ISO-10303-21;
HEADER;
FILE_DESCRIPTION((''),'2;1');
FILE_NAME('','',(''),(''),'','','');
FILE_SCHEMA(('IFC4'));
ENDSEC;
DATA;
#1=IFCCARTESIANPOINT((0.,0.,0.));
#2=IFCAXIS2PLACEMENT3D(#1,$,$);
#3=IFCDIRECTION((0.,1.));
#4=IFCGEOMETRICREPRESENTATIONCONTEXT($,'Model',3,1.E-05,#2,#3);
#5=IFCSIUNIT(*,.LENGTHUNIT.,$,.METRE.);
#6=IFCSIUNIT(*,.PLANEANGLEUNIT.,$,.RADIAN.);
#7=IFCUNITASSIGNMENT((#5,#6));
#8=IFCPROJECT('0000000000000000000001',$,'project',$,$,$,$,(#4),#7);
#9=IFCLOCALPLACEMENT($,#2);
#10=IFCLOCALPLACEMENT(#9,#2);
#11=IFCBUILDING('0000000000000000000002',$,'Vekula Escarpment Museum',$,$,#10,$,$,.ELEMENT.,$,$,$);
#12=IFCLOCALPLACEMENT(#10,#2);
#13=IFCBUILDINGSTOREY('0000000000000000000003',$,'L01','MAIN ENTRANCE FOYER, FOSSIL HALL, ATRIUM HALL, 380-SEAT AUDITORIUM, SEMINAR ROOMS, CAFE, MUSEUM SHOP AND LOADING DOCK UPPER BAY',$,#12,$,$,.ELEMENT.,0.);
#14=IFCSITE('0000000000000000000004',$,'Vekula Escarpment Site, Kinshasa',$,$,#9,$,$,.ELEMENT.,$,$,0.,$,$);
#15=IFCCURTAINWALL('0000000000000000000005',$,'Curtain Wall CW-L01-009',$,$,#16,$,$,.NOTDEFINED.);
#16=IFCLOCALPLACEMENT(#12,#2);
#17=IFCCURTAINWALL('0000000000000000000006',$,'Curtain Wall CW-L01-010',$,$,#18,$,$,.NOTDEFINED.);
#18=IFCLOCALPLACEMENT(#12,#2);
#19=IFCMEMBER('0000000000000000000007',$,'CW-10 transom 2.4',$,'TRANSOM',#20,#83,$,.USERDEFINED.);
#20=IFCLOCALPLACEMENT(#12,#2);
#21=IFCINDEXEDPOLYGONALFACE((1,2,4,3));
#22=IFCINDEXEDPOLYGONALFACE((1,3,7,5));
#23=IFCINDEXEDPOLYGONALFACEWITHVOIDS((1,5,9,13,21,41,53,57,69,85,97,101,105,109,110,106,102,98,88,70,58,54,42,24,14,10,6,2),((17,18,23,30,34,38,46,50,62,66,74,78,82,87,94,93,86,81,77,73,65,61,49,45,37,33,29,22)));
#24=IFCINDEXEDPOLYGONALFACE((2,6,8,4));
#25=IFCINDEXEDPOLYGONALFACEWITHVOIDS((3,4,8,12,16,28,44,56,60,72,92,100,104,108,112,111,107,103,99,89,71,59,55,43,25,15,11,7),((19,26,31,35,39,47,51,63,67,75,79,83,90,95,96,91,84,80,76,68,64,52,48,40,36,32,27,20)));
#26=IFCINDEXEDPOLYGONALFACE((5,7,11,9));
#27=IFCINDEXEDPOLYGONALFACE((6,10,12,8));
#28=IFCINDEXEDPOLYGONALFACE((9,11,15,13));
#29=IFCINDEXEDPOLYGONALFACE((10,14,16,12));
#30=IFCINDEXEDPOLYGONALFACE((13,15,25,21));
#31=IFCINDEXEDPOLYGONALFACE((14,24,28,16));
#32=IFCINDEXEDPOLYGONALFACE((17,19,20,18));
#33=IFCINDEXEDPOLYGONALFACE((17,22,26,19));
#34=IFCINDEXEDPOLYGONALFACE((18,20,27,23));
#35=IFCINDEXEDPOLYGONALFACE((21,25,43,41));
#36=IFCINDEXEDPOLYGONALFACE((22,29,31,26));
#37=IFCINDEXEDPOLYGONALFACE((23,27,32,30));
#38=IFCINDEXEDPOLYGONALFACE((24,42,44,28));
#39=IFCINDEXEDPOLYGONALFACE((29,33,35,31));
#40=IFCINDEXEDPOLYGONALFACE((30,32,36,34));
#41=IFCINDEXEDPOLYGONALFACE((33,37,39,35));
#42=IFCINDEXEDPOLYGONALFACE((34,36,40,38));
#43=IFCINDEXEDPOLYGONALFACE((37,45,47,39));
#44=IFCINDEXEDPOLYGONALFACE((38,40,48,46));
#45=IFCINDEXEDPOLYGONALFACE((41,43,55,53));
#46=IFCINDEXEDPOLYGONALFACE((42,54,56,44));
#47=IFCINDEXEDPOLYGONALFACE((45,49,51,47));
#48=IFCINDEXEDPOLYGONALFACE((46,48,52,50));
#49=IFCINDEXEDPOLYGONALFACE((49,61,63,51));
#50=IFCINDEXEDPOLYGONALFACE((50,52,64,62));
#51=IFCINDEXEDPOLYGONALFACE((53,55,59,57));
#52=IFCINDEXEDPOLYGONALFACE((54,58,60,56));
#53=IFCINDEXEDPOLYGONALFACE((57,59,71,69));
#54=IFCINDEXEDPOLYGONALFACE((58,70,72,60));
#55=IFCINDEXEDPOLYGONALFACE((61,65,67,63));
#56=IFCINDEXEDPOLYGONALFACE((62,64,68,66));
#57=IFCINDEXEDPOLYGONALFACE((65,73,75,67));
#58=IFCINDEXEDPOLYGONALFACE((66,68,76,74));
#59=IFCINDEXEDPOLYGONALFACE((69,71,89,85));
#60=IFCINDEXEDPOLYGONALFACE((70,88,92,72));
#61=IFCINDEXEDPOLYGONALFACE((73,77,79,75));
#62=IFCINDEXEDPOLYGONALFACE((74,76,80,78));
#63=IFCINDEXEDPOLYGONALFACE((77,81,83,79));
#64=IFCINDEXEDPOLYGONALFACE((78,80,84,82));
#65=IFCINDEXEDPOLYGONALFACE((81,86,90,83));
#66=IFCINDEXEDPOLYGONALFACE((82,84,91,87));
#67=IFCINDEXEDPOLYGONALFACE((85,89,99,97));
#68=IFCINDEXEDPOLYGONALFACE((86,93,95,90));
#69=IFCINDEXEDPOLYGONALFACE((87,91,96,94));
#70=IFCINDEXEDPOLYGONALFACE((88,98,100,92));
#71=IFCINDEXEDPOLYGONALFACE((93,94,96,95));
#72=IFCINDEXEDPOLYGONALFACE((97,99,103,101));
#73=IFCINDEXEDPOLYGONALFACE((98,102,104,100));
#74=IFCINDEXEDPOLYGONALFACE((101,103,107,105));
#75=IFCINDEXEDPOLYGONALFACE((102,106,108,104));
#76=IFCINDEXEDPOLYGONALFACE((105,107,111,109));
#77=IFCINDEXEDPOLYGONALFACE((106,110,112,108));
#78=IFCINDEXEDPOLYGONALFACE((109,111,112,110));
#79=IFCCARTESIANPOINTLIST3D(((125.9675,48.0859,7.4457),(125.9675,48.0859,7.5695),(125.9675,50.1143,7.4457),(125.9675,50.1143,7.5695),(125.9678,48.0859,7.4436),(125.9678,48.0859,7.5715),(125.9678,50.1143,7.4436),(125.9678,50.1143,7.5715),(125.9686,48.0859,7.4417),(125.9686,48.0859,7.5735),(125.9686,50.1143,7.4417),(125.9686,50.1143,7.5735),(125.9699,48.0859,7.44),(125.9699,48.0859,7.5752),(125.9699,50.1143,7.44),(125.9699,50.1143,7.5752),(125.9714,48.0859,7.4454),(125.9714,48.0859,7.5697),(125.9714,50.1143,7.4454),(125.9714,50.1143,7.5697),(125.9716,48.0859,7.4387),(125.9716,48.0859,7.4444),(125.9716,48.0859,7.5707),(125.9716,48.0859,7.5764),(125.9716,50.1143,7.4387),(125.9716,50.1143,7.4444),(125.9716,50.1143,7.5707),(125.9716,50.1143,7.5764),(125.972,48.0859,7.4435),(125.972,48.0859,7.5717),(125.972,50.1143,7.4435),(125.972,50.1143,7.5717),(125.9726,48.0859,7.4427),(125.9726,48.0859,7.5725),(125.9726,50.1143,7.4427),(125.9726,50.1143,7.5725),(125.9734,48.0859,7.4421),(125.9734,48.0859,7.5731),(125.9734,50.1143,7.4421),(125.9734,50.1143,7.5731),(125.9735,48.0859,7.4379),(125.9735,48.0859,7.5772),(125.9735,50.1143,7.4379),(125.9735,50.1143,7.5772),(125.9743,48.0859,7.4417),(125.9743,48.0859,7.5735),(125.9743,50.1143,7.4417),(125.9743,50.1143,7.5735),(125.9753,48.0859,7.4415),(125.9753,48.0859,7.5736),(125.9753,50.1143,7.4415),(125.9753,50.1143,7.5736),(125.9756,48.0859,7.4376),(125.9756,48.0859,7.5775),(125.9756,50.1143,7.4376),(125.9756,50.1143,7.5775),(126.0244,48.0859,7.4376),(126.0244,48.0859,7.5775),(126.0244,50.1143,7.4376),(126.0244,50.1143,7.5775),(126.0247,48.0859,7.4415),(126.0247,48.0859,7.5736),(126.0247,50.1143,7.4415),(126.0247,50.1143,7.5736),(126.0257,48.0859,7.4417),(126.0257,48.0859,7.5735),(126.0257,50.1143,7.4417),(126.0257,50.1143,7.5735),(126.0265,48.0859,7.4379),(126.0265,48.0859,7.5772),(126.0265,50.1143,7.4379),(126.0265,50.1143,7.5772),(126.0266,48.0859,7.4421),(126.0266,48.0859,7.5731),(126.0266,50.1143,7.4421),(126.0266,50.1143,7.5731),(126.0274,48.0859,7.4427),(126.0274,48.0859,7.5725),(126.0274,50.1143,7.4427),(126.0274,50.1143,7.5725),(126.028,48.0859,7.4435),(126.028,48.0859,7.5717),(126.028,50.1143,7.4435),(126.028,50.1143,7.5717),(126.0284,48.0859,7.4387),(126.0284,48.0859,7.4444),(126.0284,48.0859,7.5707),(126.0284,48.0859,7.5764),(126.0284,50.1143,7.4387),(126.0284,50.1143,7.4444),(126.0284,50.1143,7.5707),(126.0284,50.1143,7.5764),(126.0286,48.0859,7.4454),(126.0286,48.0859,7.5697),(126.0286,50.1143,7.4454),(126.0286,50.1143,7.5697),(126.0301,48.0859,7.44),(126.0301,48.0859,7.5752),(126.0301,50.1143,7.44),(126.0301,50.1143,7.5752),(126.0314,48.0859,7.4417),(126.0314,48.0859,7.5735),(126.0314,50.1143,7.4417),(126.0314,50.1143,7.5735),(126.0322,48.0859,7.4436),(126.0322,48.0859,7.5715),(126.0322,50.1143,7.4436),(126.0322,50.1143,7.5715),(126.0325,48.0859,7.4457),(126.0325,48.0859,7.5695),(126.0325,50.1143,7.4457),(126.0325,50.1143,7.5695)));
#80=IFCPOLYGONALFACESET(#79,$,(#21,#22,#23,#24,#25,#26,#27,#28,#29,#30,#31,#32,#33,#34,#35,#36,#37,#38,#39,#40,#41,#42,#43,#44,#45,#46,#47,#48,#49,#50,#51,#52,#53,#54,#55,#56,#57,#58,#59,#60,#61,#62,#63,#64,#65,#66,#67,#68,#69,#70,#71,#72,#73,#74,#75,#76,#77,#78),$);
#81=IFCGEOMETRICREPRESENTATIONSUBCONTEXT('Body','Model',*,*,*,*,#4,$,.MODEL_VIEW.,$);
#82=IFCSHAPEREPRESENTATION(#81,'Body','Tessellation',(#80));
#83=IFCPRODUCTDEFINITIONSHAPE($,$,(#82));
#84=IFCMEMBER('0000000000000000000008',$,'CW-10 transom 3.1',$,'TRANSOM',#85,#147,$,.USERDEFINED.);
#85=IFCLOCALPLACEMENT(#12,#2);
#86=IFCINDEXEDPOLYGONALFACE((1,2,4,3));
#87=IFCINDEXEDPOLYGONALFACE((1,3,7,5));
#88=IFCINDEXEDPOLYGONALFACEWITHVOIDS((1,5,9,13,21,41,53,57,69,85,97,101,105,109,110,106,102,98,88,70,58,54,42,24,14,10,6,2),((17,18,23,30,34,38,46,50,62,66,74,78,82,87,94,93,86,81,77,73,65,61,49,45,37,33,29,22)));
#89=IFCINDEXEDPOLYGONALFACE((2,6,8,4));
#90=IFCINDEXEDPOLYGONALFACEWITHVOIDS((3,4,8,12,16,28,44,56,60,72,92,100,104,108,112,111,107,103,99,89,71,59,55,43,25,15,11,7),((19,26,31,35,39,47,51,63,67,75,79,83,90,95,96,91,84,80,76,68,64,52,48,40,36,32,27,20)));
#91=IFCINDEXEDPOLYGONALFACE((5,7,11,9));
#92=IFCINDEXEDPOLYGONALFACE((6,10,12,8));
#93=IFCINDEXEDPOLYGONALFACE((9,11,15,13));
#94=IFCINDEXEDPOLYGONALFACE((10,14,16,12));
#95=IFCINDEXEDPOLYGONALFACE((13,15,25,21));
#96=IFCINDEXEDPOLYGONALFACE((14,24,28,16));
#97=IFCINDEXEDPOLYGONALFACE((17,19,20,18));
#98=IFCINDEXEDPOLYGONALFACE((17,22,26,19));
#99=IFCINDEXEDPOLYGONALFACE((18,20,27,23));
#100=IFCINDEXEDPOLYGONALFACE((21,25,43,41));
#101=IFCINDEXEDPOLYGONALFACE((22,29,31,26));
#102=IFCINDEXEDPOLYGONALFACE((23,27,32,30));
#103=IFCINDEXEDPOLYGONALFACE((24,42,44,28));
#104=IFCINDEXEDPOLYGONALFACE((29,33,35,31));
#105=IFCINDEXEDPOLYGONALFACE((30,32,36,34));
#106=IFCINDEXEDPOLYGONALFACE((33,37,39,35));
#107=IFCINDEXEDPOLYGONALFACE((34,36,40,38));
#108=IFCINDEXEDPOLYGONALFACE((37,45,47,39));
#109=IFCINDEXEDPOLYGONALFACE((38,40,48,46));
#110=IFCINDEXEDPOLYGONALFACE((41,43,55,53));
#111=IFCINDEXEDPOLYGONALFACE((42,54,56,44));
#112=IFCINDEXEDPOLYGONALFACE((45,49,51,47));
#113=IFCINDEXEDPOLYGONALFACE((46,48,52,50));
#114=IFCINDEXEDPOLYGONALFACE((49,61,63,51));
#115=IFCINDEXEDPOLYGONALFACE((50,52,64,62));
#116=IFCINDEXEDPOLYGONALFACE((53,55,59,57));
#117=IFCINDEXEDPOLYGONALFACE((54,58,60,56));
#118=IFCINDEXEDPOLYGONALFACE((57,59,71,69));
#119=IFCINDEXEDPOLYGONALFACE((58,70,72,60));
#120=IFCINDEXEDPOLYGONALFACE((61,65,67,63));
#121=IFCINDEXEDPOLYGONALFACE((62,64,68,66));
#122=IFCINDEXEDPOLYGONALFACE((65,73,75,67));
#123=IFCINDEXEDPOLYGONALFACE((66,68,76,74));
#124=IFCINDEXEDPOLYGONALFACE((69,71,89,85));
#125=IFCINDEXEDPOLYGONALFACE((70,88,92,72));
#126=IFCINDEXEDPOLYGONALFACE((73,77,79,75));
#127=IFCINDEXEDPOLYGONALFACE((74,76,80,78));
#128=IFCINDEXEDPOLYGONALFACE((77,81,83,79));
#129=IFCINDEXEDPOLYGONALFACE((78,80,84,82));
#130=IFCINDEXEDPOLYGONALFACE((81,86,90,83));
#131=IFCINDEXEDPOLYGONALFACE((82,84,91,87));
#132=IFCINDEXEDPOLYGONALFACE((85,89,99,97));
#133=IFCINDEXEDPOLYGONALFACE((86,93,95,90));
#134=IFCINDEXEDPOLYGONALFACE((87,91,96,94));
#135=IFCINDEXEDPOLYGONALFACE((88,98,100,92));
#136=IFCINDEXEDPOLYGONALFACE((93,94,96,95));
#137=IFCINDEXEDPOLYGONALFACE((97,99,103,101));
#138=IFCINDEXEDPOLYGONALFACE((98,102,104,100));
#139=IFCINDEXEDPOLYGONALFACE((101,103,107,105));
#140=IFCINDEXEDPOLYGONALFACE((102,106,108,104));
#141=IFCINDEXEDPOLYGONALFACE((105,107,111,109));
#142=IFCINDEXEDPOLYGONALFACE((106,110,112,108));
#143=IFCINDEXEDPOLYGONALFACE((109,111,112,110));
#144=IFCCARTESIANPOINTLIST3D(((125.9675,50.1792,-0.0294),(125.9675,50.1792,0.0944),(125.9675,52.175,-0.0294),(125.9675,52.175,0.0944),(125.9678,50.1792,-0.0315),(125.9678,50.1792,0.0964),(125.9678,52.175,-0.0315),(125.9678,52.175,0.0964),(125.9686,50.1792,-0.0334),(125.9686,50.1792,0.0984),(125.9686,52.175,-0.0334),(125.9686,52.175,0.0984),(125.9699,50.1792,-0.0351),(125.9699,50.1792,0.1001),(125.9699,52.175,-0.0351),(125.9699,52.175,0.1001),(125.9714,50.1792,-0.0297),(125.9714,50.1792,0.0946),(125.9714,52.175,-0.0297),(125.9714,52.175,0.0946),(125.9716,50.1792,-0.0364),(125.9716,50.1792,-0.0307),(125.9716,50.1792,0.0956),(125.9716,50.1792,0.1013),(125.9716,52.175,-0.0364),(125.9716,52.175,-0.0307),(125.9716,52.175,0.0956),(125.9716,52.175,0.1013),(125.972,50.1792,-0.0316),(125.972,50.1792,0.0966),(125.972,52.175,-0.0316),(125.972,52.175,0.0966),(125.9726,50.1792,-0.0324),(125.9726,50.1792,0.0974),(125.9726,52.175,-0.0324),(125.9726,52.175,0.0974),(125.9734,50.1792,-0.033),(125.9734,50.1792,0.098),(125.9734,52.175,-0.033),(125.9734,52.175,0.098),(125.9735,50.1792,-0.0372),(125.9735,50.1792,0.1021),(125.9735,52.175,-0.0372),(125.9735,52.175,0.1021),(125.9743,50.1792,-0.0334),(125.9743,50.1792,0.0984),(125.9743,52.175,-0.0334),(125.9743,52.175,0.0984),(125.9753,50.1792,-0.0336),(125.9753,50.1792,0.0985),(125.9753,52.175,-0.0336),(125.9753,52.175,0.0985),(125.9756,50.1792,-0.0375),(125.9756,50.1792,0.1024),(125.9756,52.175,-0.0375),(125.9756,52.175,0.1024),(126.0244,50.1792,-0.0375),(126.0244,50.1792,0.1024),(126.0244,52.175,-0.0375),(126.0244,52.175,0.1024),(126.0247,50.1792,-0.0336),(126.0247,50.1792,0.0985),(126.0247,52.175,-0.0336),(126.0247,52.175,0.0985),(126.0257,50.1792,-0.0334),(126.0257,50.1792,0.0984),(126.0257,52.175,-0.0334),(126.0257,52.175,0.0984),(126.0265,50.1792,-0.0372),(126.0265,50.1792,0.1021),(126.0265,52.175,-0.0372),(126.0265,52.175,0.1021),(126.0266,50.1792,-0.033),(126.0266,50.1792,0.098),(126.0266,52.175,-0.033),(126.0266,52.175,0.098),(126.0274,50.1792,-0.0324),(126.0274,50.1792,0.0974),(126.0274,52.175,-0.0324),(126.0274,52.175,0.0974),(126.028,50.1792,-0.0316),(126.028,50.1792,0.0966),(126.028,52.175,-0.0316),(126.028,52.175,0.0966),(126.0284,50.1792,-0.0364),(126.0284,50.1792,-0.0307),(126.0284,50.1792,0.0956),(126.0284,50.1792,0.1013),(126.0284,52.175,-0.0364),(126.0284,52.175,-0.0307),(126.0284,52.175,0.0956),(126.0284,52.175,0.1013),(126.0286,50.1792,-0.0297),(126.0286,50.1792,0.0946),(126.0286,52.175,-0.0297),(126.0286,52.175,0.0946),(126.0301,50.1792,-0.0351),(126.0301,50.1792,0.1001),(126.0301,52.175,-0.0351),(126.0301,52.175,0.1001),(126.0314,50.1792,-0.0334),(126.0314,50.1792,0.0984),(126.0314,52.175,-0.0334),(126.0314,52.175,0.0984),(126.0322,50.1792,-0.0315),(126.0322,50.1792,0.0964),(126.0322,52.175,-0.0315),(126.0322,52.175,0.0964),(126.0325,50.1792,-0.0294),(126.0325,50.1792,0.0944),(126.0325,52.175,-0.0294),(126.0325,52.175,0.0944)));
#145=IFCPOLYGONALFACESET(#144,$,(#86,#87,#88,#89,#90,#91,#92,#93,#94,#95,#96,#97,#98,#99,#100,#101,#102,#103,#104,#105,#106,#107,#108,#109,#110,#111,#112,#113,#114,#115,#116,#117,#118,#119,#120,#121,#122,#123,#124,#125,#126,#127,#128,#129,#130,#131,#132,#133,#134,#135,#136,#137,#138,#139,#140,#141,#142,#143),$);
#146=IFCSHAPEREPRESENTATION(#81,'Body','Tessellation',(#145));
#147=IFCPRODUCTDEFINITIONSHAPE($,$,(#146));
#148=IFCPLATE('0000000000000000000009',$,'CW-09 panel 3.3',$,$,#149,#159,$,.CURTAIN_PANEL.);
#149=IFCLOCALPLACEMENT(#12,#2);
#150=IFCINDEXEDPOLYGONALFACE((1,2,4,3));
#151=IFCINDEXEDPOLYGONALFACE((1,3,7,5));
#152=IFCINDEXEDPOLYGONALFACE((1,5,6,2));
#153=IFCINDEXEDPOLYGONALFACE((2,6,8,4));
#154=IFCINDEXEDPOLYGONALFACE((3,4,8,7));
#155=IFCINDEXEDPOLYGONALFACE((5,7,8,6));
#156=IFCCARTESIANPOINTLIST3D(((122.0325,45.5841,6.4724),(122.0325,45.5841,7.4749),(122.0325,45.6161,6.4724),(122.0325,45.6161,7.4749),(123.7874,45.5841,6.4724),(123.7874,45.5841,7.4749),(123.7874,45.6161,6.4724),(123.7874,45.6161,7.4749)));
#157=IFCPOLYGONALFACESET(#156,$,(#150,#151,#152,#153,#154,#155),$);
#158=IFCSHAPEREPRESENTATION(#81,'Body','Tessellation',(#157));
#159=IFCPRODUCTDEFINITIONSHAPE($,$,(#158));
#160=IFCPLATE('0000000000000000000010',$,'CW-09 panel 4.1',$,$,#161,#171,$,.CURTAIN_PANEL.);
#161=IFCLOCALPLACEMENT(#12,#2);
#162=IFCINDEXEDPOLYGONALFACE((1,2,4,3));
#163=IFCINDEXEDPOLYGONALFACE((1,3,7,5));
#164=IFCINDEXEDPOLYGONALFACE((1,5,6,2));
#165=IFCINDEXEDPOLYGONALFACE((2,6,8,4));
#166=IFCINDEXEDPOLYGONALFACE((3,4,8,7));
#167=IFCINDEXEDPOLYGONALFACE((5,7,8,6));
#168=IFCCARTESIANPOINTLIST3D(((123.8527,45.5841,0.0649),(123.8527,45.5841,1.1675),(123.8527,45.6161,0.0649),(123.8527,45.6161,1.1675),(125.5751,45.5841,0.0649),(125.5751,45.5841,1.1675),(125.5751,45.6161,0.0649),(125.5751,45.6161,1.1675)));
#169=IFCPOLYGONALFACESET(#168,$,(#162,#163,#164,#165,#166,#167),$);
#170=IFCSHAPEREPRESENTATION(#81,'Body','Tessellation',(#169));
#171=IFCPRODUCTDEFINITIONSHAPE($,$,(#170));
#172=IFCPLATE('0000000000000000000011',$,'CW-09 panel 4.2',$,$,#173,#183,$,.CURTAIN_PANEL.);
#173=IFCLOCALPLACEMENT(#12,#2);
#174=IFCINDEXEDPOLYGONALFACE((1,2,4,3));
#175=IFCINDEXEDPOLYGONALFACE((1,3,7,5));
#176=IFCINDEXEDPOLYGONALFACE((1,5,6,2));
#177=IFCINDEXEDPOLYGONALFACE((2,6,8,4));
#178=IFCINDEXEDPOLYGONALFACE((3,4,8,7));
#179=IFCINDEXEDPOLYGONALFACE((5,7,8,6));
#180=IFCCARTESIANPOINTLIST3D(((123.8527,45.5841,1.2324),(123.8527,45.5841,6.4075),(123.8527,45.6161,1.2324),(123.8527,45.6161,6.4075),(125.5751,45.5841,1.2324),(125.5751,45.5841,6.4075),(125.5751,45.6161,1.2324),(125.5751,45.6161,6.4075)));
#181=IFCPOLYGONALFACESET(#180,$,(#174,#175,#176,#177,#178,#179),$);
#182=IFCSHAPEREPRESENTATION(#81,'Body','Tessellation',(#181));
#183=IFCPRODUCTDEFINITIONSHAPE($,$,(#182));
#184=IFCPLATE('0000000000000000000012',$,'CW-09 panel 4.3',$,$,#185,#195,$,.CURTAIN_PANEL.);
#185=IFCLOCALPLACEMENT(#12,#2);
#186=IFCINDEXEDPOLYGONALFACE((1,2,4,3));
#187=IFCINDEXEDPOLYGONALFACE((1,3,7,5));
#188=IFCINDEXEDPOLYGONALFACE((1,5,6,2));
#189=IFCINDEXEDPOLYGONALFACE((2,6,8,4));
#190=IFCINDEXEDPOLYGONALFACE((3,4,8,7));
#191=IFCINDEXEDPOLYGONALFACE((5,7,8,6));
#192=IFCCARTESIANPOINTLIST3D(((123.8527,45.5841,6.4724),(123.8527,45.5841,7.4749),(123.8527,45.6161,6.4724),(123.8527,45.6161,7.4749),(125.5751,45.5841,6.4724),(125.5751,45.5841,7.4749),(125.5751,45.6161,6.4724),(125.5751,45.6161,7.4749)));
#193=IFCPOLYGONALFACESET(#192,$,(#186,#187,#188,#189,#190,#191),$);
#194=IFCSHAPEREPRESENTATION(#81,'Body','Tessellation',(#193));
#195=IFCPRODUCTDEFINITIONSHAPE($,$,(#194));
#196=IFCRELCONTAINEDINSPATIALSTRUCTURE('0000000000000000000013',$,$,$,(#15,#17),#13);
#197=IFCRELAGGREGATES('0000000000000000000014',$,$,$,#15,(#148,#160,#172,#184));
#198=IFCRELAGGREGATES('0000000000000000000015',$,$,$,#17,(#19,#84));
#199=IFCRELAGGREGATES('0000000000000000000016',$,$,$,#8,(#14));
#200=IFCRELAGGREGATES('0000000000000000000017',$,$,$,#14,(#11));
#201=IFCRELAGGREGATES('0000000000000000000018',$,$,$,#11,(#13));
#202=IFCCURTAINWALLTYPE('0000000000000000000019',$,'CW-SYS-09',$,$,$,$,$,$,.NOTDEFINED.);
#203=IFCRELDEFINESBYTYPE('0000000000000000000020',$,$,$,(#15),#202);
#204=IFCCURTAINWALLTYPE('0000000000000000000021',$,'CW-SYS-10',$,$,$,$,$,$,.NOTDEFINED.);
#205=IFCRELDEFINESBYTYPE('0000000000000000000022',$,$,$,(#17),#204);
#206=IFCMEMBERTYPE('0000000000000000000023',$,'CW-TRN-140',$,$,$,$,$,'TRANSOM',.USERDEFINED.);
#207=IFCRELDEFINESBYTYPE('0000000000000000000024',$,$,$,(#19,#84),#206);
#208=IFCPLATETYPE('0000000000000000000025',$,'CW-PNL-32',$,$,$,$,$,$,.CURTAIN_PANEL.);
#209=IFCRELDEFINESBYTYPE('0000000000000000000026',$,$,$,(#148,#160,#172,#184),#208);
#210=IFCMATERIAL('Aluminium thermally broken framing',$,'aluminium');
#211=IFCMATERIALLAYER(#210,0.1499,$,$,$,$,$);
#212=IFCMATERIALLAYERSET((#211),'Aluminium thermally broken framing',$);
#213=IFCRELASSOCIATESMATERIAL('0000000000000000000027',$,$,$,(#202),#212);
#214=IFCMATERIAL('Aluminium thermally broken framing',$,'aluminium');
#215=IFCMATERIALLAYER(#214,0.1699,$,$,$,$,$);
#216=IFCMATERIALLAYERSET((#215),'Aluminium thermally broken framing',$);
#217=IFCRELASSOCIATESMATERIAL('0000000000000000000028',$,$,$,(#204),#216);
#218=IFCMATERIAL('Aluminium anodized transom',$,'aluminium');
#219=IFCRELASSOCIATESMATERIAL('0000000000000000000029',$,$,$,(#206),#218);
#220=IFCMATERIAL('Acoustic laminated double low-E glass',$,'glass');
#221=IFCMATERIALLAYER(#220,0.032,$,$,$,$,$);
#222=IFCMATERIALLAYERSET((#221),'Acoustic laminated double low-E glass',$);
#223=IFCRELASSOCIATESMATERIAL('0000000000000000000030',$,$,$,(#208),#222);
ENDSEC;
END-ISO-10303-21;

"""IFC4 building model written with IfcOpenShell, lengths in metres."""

from ifc_helpers import new_model, si_unit, direction, frame, origin, origin_2d, place, context, subcontext, project, spatial, rectangle, hollow_rectangle, extrude, material, layer, layer_set, material_profile, profile_set, type_object, element, aggregate, save


model = new_model("IFC4")

# Units and contexts
model_context = context("Model", 3, precision=1e-05, world=origin(), true_north=direction((0.0, 1.0)))
body_context = subcontext(model_context, "Body", "Model", "MODEL_VIEW")
ifc_project = project(units=[si_unit("LENGTHUNIT", "METRE"), si_unit("PLANEANGLEUNIT", "RADIAN")], contexts=[model_context])

# Site, building, storey
site_placement = place(None, origin())
site = spatial("IfcSite", under=ifc_project, at=site_placement, Name="Vekula Escarpment Site, Kinshasa", CompositionType="ELEMENT", RefElevation=0.0)
building_placement = place(site_placement, origin())
building = spatial("IfcBuilding", under=site, at=building_placement, Name="Vekula Escarpment Museum", CompositionType="ELEMENT")
storey_placement = place(building_placement, origin())
storey = spatial("IfcBuildingStorey", under=building, at=storey_placement, Name="L01", Description="MAIN ENTRANCE FOYER, FOSSIL HALL, ATRIUM HALL, 380-SEAT AUDITORIUM, SEMINAR ROOMS, CAFE, MUSEUM SHOP AND LOADING DOCK UPPER BAY", CompositionType="ELEMENT", Elevation=0.0)

# Curtain walls
ifc_material_1 = material(Name="Aluminium thermally broken framing", Category="aluminium")
ifc_layer_1 = layer(ifc_material_1, 0.1499)
ifc_layer_set_1 = layer_set([ifc_layer_1], Name="Aluminium thermally broken framing")
curtain_wall_type_1 = type_object("IfcCurtainWallType", Name="CW-SYS-09", PredefinedType="NOTDEFINED", material=ifc_layer_set_1)
curtain_wall_1_placement = place(storey_placement, origin())
curtain_wall_1 = element("IfcCurtainWall", 1, at=curtain_wall_1_placement, inside=storey, type_object=curtain_wall_type_1, Name="Curtain Wall CW-L01-009", PredefinedType="NOTDEFINED")
ifc_material_2 = material(Name="Aluminium thermally broken framing", Category="aluminium")
ifc_layer_2 = layer(ifc_material_2, 0.1699)
ifc_layer_set_2 = layer_set([ifc_layer_2], Name="Aluminium thermally broken framing")
curtain_wall_type_2 = type_object("IfcCurtainWallType", Name="CW-SYS-10", PredefinedType="NOTDEFINED", material=ifc_layer_set_2)
curtain_wall_2_placement = place(storey_placement, origin())
curtain_wall_2 = element("IfcCurtainWall", 2, at=curtain_wall_2_placement, inside=storey, type_object=curtain_wall_type_2, Name="Curtain Wall CW-L01-010", PredefinedType="NOTDEFINED")

# Members
ifc_material_3 = material(Name="Aluminium anodized transom", Category="aluminium")
ifc_material_profile_1 = material_profile(ifc_material_3, hollow_rectangle(XDim=0.0649, YDim=0.1399, WallThickness=0.0039, InnerFilletRadius=0.0039, OuterFilletRadius=0.0081, at=origin_2d()), Name="ALU 140x65x4")
ifc_profile_set_1 = profile_set([ifc_material_profile_1], Name="Aluminium anodized transom")
member_type_1 = type_object("IfcMemberType", Name="CW-TRN-140", ElementType="TRANSOM", PredefinedType="USERDEFINED", material=ifc_profile_set_1)
member_1_placement = place(storey_placement, frame((126.0, 48.0859, 7.5076), z_axis=(0.0, 1.0, 0.0), x_axis=(-1.0, 0.0, 0.0)))
member_1 = element("IfcMember", 3, at=member_1_placement, type_object=member_type_1, Name="CW-10 transom 2.4", ObjectType="TRANSOM", PredefinedType="USERDEFINED", context=body_context, shape_type="SweptSolid", body=[
    extrude(hollow_rectangle(XDim=0.0649, YDim=0.1399, WallThickness=0.0039, InnerFilletRadius=0.0039, OuterFilletRadius=0.0081, at=origin_2d()), origin(), (0.0, 0.0, 1.0), 2.0283),
])
member_2_placement = place(storey_placement, frame((126.0, 50.1792, 0.0325), z_axis=(0.0, 1.0, 0.0), x_axis=(-1.0, 0.0, 0.0)))
member_2 = element("IfcMember", 4, at=member_2_placement, type_object=member_type_1, Name="CW-10 transom 3.1", ObjectType="TRANSOM", PredefinedType="USERDEFINED", context=body_context, shape_type="SweptSolid", body=[
    extrude(hollow_rectangle(XDim=0.0649, YDim=0.1399, WallThickness=0.0039, InnerFilletRadius=0.0039, OuterFilletRadius=0.0081, at=origin_2d()), origin(), (0.0, 0.0, 1.0), 1.9958),
])

# Plates
ifc_material_4 = material(Name="Acoustic laminated double low-E glass", Category="glass")
ifc_layer_3 = layer(ifc_material_4, 0.032)
ifc_layer_set_3 = layer_set([ifc_layer_3], Name="Acoustic laminated double low-E glass")
plate_type_1 = type_object("IfcPlateType", Name="CW-PNL-32", PredefinedType="CURTAIN_PANEL", material=ifc_layer_set_3)
plate_1_placement = place(storey_placement, frame((122.9099, 45.6001, 6.4724), z_axis=(0.0, 0.0, 1.0), x_axis=(1.0, 0.0, 0.0)))
plate_1 = element("IfcPlate", 5, at=plate_1_placement, type_object=plate_type_1, Name="CW-09 panel 3.3", PredefinedType="CURTAIN_PANEL", context=body_context, shape_type="SweptSolid", body=[
    extrude(rectangle(XDim=1.7549, YDim=0.032, at=origin_2d()), origin(), (0.0, 0.0, 1.0), 1.0024),
])
plate_2_placement = place(storey_placement, frame((124.7139, 45.6001, 0.0649), z_axis=(0.0, 0.0, 1.0), x_axis=(1.0, 0.0, 0.0)))
plate_2 = element("IfcPlate", 6, at=plate_2_placement, type_object=plate_type_1, Name="CW-09 panel 4.1", PredefinedType="CURTAIN_PANEL", context=body_context, shape_type="SweptSolid", body=[
    extrude(rectangle(XDim=1.7224, YDim=0.032, at=origin_2d()), origin(), (0.0, 0.0, 1.0), 1.1025),
])
plate_3_placement = place(storey_placement, frame((124.7139, 45.6001, 1.2324), z_axis=(0.0, 0.0, 1.0), x_axis=(1.0, 0.0, 0.0)))
plate_3 = element("IfcPlate", 7, at=plate_3_placement, type_object=plate_type_1, Name="CW-09 panel 4.2", PredefinedType="CURTAIN_PANEL", context=body_context, shape_type="SweptSolid", body=[
    extrude(rectangle(XDim=1.7224, YDim=0.032, at=origin_2d()), origin(), (0.0, 0.0, 1.0), 5.175),
])
plate_4_placement = place(storey_placement, frame((124.7139, 45.6001, 6.4724), z_axis=(0.0, 0.0, 1.0), x_axis=(1.0, 0.0, 0.0)))
plate_4 = element("IfcPlate", 8, at=plate_4_placement, type_object=plate_type_1, Name="CW-09 panel 4.3", PredefinedType="CURTAIN_PANEL", context=body_context, shape_type="SweptSolid", body=[
    extrude(rectangle(XDim=1.7224, YDim=0.032, at=origin_2d()), origin(), (0.0, 0.0, 1.0), 1.0024),
])
aggregate(curtain_wall_1, [plate_1, plate_2, plate_3, plate_4])
aggregate(curtain_wall_2, [member_1, member_2])

save(model, "model.ifc")
